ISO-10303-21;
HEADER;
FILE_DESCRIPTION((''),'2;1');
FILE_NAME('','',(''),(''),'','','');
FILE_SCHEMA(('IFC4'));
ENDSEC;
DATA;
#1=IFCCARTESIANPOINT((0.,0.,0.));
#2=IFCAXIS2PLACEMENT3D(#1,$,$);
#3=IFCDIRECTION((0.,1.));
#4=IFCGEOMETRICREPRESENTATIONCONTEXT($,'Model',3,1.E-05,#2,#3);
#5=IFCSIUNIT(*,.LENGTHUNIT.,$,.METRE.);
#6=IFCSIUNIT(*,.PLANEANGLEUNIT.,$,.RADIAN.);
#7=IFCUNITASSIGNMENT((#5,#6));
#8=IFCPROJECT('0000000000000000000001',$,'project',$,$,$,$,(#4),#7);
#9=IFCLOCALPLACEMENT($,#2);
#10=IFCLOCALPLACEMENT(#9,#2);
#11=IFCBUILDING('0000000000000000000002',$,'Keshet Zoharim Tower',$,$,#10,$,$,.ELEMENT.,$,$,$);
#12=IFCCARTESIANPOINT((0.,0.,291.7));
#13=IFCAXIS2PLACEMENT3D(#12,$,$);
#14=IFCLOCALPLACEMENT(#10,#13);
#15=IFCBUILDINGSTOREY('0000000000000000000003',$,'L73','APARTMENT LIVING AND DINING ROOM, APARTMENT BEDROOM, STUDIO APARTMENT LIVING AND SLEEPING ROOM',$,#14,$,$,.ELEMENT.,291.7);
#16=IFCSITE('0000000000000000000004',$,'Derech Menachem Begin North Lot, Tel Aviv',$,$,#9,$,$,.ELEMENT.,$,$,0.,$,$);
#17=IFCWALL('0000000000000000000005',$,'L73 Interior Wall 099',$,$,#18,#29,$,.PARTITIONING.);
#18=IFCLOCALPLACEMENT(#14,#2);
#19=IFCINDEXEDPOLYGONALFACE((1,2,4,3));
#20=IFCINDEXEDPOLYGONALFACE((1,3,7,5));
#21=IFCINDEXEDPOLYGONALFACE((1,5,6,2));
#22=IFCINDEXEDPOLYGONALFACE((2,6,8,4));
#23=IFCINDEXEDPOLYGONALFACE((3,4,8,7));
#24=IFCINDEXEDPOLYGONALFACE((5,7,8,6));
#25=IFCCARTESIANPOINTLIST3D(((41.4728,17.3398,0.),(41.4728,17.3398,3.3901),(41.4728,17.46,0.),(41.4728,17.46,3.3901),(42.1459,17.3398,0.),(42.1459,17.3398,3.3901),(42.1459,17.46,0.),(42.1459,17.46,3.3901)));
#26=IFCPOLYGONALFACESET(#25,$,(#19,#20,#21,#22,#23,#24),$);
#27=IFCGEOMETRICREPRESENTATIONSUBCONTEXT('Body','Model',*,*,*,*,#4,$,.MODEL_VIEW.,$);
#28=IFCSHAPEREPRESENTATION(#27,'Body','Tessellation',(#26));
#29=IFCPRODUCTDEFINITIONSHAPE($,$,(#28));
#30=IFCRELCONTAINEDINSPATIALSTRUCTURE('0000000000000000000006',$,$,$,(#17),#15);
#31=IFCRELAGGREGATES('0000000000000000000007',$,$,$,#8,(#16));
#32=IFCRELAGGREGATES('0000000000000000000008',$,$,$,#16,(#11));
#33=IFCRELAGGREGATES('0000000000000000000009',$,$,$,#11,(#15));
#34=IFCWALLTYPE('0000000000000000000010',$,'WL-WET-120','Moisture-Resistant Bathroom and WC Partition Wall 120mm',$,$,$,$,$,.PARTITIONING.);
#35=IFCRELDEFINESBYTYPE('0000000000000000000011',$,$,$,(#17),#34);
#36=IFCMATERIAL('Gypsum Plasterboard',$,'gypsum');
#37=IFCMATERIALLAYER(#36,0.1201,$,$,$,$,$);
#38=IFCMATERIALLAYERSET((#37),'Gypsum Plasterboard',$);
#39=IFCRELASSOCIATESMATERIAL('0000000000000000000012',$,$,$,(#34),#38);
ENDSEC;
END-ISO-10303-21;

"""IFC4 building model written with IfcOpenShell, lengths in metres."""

from ifc_helpers import new_model, si_unit, direction, frame, frame_2d, origin, place, context, subcontext, project, spatial, rectangle, extrude, material, layer, layer_set, type_object, element, save


model = new_model("IFC4")

# Units and contexts
model_context = context("Model", 3, precision=1e-05, world=origin(), true_north=direction((0.0, 1.0)))
body_context = subcontext(model_context, "Body", "Model", "MODEL_VIEW")
ifc_project = project(units=[si_unit("LENGTHUNIT", "METRE"), si_unit("PLANEANGLEUNIT", "RADIAN")], contexts=[model_context])

# Site, building, storey
site_placement = place(None, origin())
site = spatial("IfcSite", under=ifc_project, at=site_placement, Name="Derech Menachem Begin North Lot, Tel Aviv", CompositionType="ELEMENT", RefElevation=0.0)
building_placement = place(site_placement, origin())
building = spatial("IfcBuilding", under=site, at=building_placement, Name="Keshet Zoharim Tower", CompositionType="ELEMENT")
storey_placement = place(building_placement, frame((0.0, 0.0, 291.7)))
storey = spatial("IfcBuildingStorey", under=building, at=storey_placement, Name="L73", Description="APARTMENT LIVING AND DINING ROOM, APARTMENT BEDROOM, STUDIO APARTMENT LIVING AND SLEEPING ROOM", CompositionType="ELEMENT", Elevation=291.7)

# Shared definitions
ifc_material_1 = material(Name="Gypsum Plasterboard", Category="gypsum")

# Wall
ifc_layer_1 = layer(ifc_material_1, 0.1201)
ifc_layer_set_1 = layer_set([ifc_layer_1], Name="Gypsum Plasterboard")
wall_type_1 = type_object("IfcWallType", Name="WL-WET-120", Description="Moisture-Resistant Bathroom and WC Partition Wall 120mm", PredefinedType="PARTITIONING", material=ifc_layer_set_1)
wall_1_placement = place(storey_placement, frame((41.4729, 17.3999, 0.0), z_axis=(0.0, 0.0, 1.0), x_axis=(1.0, 0.0, 0.0)))
element("IfcWall", 1, at=wall_1_placement, inside=storey, type_object=wall_type_1, Name="L73 Interior Wall 099", PredefinedType="PARTITIONING", context=body_context, shape_type="SweptSolid", body=[
    extrude(rectangle(XDim=0.6731, YDim=0.1201, at=frame_2d((0.3364, 0.0))), origin(), (0.0, 0.0, 1.0), 3.3901),
])

save(model, "model.ifc")
